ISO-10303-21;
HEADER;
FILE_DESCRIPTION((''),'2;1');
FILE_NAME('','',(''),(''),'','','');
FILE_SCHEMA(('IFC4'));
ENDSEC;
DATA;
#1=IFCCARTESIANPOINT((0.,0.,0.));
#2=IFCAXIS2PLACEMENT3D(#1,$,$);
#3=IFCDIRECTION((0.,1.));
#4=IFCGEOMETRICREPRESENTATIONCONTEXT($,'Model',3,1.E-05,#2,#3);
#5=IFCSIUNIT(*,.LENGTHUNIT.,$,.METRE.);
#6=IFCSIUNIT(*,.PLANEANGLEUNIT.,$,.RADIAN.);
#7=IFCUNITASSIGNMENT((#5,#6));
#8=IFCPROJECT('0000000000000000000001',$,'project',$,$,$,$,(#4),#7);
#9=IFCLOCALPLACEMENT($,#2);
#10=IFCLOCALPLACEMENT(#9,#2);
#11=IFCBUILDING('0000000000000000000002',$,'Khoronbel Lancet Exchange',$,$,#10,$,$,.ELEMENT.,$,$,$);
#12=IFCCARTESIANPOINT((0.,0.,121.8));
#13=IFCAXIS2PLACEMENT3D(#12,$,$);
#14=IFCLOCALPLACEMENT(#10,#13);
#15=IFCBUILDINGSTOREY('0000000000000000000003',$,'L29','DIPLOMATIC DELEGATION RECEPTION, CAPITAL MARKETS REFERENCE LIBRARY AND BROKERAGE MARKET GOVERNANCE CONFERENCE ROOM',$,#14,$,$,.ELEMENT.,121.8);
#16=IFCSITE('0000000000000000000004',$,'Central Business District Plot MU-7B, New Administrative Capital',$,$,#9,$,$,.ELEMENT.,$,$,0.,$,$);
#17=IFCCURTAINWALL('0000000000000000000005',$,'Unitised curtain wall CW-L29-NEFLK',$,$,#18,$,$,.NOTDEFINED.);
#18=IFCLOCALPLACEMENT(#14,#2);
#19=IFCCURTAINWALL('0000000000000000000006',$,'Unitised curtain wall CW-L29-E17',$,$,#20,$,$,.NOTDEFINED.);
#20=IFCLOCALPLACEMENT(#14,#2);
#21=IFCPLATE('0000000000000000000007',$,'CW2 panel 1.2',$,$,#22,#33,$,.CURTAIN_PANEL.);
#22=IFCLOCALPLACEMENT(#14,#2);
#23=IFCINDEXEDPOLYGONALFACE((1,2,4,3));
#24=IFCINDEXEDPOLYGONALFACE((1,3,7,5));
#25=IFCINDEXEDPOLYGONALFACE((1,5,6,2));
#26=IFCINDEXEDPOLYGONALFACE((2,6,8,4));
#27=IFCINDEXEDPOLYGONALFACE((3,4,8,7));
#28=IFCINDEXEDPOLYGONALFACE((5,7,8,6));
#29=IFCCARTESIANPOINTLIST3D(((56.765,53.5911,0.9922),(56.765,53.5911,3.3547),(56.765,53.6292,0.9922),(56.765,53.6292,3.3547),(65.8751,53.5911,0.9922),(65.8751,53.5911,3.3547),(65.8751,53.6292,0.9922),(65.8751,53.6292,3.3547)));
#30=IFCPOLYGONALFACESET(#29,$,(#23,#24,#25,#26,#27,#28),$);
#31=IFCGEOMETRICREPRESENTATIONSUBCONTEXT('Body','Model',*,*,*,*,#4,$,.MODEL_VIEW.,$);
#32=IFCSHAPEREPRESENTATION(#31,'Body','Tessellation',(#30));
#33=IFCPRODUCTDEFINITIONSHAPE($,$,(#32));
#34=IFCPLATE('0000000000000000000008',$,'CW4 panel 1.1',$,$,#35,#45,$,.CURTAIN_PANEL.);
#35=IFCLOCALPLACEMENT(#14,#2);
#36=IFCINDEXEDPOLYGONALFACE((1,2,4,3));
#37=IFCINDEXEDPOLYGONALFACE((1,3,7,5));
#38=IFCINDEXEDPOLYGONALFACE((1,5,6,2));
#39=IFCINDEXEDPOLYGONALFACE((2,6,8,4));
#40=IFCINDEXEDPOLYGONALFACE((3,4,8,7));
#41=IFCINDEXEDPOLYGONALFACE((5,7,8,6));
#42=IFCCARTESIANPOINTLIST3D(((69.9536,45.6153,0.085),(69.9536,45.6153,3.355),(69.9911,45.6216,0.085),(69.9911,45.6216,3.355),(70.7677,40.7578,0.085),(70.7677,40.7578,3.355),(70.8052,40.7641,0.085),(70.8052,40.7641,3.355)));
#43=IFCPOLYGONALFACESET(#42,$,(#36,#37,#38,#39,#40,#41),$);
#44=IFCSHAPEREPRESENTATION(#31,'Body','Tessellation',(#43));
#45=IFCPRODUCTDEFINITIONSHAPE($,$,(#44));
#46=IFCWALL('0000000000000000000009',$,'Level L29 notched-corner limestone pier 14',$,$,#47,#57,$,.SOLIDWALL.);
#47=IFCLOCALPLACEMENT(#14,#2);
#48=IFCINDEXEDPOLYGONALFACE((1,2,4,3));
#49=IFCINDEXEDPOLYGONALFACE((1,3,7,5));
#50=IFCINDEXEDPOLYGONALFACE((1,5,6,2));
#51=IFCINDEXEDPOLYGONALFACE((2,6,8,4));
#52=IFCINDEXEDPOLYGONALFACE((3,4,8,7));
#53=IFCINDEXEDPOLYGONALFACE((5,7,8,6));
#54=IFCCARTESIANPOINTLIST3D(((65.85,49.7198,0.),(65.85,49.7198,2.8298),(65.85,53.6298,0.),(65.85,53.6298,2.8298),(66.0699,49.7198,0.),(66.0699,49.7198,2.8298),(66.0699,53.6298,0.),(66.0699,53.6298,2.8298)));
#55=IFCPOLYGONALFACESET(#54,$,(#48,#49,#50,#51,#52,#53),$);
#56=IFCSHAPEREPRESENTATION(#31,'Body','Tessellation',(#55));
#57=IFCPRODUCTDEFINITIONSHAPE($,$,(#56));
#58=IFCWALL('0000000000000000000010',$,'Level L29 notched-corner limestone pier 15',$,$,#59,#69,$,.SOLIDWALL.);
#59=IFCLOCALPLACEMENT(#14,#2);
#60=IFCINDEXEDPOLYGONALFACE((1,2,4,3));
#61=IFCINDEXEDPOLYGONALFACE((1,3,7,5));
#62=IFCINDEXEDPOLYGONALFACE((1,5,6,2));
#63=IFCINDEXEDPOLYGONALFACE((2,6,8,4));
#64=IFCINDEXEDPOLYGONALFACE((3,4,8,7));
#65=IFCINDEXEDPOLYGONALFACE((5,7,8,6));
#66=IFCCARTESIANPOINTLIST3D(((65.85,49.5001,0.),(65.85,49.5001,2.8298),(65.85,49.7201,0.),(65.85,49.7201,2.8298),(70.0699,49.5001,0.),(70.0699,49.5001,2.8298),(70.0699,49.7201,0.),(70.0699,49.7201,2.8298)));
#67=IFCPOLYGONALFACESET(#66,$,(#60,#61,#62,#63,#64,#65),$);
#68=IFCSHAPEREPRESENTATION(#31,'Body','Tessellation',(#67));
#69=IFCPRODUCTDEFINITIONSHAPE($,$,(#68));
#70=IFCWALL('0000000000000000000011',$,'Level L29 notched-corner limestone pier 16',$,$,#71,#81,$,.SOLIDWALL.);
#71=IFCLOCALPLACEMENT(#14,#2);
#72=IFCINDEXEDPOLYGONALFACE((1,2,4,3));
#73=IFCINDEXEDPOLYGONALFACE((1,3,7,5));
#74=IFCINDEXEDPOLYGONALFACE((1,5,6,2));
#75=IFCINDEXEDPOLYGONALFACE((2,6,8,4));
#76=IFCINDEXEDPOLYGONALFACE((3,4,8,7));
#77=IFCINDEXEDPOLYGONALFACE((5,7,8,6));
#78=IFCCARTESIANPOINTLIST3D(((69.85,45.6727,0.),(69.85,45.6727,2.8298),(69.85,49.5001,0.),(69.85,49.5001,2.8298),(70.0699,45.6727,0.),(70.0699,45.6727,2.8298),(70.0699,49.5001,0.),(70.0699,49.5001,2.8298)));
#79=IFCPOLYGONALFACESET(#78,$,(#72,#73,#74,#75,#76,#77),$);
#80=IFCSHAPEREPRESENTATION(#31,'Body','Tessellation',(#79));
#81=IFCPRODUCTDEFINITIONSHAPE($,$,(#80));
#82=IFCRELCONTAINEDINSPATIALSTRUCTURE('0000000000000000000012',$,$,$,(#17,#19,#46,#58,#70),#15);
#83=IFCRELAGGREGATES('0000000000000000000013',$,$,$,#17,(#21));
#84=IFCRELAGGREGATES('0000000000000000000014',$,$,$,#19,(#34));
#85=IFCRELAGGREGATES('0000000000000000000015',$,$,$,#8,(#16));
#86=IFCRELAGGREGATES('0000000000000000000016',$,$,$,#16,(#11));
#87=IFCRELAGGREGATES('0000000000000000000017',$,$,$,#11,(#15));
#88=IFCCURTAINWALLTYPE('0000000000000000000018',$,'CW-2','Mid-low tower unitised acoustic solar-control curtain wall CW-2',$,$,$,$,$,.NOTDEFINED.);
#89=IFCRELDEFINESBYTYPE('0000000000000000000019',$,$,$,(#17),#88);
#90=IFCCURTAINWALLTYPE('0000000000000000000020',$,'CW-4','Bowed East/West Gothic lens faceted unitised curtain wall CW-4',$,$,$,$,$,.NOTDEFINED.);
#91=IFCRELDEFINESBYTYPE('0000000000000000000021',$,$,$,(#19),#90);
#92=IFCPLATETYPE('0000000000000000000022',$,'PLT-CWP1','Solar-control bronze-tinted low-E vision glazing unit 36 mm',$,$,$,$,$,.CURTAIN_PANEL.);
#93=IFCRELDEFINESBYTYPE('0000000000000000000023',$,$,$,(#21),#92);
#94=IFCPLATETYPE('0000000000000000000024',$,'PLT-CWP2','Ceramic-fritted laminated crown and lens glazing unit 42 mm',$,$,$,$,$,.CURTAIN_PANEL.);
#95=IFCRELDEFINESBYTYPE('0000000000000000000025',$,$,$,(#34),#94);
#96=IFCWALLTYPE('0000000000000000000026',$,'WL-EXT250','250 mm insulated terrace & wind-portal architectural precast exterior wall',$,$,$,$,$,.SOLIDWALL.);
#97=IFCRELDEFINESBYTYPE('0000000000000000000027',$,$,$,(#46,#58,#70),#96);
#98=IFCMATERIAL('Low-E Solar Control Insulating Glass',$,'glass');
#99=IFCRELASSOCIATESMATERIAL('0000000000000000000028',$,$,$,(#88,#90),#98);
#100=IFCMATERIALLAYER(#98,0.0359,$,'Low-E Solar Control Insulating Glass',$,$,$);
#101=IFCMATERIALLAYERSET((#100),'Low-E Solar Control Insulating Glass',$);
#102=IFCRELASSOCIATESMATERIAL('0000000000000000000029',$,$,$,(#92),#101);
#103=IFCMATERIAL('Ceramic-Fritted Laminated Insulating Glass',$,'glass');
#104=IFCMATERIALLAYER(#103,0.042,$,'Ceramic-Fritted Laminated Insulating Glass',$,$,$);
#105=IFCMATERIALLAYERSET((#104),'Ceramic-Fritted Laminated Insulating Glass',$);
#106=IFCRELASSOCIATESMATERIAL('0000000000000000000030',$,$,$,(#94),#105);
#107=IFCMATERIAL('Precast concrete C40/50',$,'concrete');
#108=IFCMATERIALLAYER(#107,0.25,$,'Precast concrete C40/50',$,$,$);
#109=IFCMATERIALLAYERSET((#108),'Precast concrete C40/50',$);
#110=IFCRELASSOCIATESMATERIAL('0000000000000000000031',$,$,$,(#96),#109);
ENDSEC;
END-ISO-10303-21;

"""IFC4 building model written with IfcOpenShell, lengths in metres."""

from ifc_helpers import new_model, si_unit, direction, frame, frame_2d, origin, origin_2d, place, context, subcontext, project, spatial, rectangle, extrude, material, layer, layer_set, type_object, element, aggregate, save


model = new_model("IFC4")

# Units and contexts
model_context = context("Model", 3, precision=1e-05, world=origin(), true_north=direction((0.0, 1.0)))
body_context = subcontext(model_context, "Body", "Model", "MODEL_VIEW")
ifc_project = project(units=[si_unit("LENGTHUNIT", "METRE"), si_unit("PLANEANGLEUNIT", "RADIAN")], contexts=[model_context])

# Site, building, storey
site_placement = place(None, origin())
site = spatial("IfcSite", under=ifc_project, at=site_placement, Name="Central Business District Plot MU-7B, New Administrative Capital", CompositionType="ELEMENT", RefElevation=0.0)
building_placement = place(site_placement, origin())
building = spatial("IfcBuilding", under=site, at=building_placement, Name="Khoronbel Lancet Exchange", CompositionType="ELEMENT")
storey_placement = place(building_placement, frame((0.0, 0.0, 121.8)))
storey = spatial("IfcBuildingStorey", under=building, at=storey_placement, Name="L29", Description="DIPLOMATIC DELEGATION RECEPTION, CAPITAL MARKETS REFERENCE LIBRARY AND BROKERAGE MARKET GOVERNANCE CONFERENCE ROOM", CompositionType="ELEMENT", Elevation=121.8)

# Curtain wall
ifc_material_1 = material(Name="Low-E Solar Control Insulating Glass", Category="glass")
curtain_wall_type_1 = type_object("IfcCurtainWallType", Name="CW-2", Description="Mid-low tower unitised acoustic solar-control curtain wall CW-2", PredefinedType="NOTDEFINED", material=ifc_material_1)
curtain_wall_1_placement = place(storey_placement, origin())
curtain_wall_1 = element("IfcCurtainWall", 1, at=curtain_wall_1_placement, inside=storey, type_object=curtain_wall_type_1, Name="Unitised curtain wall CW-L29-NEFLK", PredefinedType="NOTDEFINED")

# Curtain wall
curtain_wall_type_2 = type_object("IfcCurtainWallType", Name="CW-4", Description="Bowed East/West Gothic lens faceted unitised curtain wall CW-4", PredefinedType="NOTDEFINED", material=ifc_material_1)
curtain_wall_2_placement = place(storey_placement, origin())
curtain_wall_2 = element("IfcCurtainWall", 2, at=curtain_wall_2_placement, inside=storey, type_object=curtain_wall_type_2, Name="Unitised curtain wall CW-L29-E17", PredefinedType="NOTDEFINED")

# Plates
ifc_layer_1 = layer(ifc_material_1, 0.0359, Name="Low-E Solar Control Insulating Glass")
ifc_layer_set_1 = layer_set([ifc_layer_1], Name="Low-E Solar Control Insulating Glass")
plate_type_1 = type_object("IfcPlateType", Name="PLT-CWP1", Description="Solar-control bronze-tinted low-E vision glazing unit 36 mm", PredefinedType="CURTAIN_PANEL", material=ifc_layer_set_1)
plate_1_placement = place(storey_placement, frame((61.3201, 53.6101, 0.9922), z_axis=(0.0, 0.0, 1.0), x_axis=(-1.0, 0.0, 0.0)))
plate_1 = element("IfcPlate", 3, at=plate_1_placement, type_object=plate_type_1, Name="CW2 panel 1.2", PredefinedType="CURTAIN_PANEL", context=body_context, shape_type="SweptSolid", body=[
    extrude(rectangle(XDim=9.1101, YDim=0.0381, at=origin_2d()), origin(), (0.0, 0.0, 1.0), 2.3625),
])
aggregate(curtain_wall_1, [plate_1])
ifc_material_2 = material(Name="Ceramic-Fritted Laminated Insulating Glass", Category="glass")
ifc_layer_2 = layer(ifc_material_2, 0.042, Name="Ceramic-Fritted Laminated Insulating Glass")
ifc_layer_set_2 = layer_set([ifc_layer_2], Name="Ceramic-Fritted Laminated Insulating Glass")
plate_type_2 = type_object("IfcPlateType", Name="PLT-CWP2", Description="Ceramic-fritted laminated crown and lens glazing unit 42 mm", PredefinedType="CURTAIN_PANEL", material=ifc_layer_set_2)
plate_2_placement = place(storey_placement, frame((70.3794, 43.1897, 0.085), z_axis=(0.0, 0.0, 1.0), x_axis=(0.165294, -0.986244, 0.0)))
plate_2 = element("IfcPlate", 4, at=plate_2_placement, type_object=plate_type_2, Name="CW4 panel 1.1", PredefinedType="CURTAIN_PANEL", context=body_context, shape_type="SweptSolid", body=[
    extrude(rectangle(XDim=4.9253, YDim=0.0381, at=origin_2d()), origin(), (0.0, 0.0, 1.0), 3.27),
])
aggregate(curtain_wall_2, [plate_2])

# Walls
ifc_material_3 = material(Name="Precast concrete C40/50", Category="concrete")
ifc_layer_3 = layer(ifc_material_3, 0.25, Name="Precast concrete C40/50")
ifc_layer_set_3 = layer_set([ifc_layer_3], Name="Precast concrete C40/50")
wall_type = type_object("IfcWallType", Name="WL-EXT250", Description="250 mm insulated terrace & wind-portal architectural precast exterior wall", PredefinedType="SOLIDWALL", material=ifc_layer_set_3)
wall_1_placement = place(storey_placement, frame((65.96, 53.6299, 0.0), z_axis=(0.0, 0.0, 1.0), x_axis=(0.0, -1.0, 0.0)))
element("IfcWall", 5, at=wall_1_placement, inside=storey, type_object=wall_type, Name="Level L29 notched-corner limestone pier 14", PredefinedType="SOLIDWALL", context=body_context, shape_type="SweptSolid", body=[
    extrude(rectangle(XDim=3.9099, YDim=0.22, at=frame_2d((1.9551, 0.0))), origin(), (0.0, 0.0, 1.0), 2.8298),
])
wall_2_placement = place(storey_placement, frame((65.8501, 49.6101, 0.0), z_axis=(0.0, 0.0, 1.0), x_axis=(1.0, 0.0, 0.0)))
element("IfcWall", 6, at=wall_2_placement, inside=storey, type_object=wall_type, Name="Level L29 notched-corner limestone pier 15", PredefinedType="SOLIDWALL", context=body_context, shape_type="SweptSolid", body=[
    extrude(rectangle(XDim=4.22, YDim=0.22, at=frame_2d((2.1099, 0.0))), origin(), (0.0, 0.0, 1.0), 2.8298),
])
wall_3_placement = place(storey_placement, frame((69.96, 49.5, 0.0), z_axis=(0.0, 0.0, 1.0), x_axis=(0.0, -1.0, 0.0)))
element("IfcWall", 7, at=wall_3_placement, inside=storey, type_object=wall_type, Name="Level L29 notched-corner limestone pier 16", PredefinedType="SOLIDWALL", context=body_context, shape_type="SweptSolid", body=[
    extrude(rectangle(XDim=3.8274, YDim=0.22, at=frame_2d((1.9136, 0.0))), origin(), (0.0, 0.0, 1.0), 2.8298),
])

save(model, "model.ifc")
